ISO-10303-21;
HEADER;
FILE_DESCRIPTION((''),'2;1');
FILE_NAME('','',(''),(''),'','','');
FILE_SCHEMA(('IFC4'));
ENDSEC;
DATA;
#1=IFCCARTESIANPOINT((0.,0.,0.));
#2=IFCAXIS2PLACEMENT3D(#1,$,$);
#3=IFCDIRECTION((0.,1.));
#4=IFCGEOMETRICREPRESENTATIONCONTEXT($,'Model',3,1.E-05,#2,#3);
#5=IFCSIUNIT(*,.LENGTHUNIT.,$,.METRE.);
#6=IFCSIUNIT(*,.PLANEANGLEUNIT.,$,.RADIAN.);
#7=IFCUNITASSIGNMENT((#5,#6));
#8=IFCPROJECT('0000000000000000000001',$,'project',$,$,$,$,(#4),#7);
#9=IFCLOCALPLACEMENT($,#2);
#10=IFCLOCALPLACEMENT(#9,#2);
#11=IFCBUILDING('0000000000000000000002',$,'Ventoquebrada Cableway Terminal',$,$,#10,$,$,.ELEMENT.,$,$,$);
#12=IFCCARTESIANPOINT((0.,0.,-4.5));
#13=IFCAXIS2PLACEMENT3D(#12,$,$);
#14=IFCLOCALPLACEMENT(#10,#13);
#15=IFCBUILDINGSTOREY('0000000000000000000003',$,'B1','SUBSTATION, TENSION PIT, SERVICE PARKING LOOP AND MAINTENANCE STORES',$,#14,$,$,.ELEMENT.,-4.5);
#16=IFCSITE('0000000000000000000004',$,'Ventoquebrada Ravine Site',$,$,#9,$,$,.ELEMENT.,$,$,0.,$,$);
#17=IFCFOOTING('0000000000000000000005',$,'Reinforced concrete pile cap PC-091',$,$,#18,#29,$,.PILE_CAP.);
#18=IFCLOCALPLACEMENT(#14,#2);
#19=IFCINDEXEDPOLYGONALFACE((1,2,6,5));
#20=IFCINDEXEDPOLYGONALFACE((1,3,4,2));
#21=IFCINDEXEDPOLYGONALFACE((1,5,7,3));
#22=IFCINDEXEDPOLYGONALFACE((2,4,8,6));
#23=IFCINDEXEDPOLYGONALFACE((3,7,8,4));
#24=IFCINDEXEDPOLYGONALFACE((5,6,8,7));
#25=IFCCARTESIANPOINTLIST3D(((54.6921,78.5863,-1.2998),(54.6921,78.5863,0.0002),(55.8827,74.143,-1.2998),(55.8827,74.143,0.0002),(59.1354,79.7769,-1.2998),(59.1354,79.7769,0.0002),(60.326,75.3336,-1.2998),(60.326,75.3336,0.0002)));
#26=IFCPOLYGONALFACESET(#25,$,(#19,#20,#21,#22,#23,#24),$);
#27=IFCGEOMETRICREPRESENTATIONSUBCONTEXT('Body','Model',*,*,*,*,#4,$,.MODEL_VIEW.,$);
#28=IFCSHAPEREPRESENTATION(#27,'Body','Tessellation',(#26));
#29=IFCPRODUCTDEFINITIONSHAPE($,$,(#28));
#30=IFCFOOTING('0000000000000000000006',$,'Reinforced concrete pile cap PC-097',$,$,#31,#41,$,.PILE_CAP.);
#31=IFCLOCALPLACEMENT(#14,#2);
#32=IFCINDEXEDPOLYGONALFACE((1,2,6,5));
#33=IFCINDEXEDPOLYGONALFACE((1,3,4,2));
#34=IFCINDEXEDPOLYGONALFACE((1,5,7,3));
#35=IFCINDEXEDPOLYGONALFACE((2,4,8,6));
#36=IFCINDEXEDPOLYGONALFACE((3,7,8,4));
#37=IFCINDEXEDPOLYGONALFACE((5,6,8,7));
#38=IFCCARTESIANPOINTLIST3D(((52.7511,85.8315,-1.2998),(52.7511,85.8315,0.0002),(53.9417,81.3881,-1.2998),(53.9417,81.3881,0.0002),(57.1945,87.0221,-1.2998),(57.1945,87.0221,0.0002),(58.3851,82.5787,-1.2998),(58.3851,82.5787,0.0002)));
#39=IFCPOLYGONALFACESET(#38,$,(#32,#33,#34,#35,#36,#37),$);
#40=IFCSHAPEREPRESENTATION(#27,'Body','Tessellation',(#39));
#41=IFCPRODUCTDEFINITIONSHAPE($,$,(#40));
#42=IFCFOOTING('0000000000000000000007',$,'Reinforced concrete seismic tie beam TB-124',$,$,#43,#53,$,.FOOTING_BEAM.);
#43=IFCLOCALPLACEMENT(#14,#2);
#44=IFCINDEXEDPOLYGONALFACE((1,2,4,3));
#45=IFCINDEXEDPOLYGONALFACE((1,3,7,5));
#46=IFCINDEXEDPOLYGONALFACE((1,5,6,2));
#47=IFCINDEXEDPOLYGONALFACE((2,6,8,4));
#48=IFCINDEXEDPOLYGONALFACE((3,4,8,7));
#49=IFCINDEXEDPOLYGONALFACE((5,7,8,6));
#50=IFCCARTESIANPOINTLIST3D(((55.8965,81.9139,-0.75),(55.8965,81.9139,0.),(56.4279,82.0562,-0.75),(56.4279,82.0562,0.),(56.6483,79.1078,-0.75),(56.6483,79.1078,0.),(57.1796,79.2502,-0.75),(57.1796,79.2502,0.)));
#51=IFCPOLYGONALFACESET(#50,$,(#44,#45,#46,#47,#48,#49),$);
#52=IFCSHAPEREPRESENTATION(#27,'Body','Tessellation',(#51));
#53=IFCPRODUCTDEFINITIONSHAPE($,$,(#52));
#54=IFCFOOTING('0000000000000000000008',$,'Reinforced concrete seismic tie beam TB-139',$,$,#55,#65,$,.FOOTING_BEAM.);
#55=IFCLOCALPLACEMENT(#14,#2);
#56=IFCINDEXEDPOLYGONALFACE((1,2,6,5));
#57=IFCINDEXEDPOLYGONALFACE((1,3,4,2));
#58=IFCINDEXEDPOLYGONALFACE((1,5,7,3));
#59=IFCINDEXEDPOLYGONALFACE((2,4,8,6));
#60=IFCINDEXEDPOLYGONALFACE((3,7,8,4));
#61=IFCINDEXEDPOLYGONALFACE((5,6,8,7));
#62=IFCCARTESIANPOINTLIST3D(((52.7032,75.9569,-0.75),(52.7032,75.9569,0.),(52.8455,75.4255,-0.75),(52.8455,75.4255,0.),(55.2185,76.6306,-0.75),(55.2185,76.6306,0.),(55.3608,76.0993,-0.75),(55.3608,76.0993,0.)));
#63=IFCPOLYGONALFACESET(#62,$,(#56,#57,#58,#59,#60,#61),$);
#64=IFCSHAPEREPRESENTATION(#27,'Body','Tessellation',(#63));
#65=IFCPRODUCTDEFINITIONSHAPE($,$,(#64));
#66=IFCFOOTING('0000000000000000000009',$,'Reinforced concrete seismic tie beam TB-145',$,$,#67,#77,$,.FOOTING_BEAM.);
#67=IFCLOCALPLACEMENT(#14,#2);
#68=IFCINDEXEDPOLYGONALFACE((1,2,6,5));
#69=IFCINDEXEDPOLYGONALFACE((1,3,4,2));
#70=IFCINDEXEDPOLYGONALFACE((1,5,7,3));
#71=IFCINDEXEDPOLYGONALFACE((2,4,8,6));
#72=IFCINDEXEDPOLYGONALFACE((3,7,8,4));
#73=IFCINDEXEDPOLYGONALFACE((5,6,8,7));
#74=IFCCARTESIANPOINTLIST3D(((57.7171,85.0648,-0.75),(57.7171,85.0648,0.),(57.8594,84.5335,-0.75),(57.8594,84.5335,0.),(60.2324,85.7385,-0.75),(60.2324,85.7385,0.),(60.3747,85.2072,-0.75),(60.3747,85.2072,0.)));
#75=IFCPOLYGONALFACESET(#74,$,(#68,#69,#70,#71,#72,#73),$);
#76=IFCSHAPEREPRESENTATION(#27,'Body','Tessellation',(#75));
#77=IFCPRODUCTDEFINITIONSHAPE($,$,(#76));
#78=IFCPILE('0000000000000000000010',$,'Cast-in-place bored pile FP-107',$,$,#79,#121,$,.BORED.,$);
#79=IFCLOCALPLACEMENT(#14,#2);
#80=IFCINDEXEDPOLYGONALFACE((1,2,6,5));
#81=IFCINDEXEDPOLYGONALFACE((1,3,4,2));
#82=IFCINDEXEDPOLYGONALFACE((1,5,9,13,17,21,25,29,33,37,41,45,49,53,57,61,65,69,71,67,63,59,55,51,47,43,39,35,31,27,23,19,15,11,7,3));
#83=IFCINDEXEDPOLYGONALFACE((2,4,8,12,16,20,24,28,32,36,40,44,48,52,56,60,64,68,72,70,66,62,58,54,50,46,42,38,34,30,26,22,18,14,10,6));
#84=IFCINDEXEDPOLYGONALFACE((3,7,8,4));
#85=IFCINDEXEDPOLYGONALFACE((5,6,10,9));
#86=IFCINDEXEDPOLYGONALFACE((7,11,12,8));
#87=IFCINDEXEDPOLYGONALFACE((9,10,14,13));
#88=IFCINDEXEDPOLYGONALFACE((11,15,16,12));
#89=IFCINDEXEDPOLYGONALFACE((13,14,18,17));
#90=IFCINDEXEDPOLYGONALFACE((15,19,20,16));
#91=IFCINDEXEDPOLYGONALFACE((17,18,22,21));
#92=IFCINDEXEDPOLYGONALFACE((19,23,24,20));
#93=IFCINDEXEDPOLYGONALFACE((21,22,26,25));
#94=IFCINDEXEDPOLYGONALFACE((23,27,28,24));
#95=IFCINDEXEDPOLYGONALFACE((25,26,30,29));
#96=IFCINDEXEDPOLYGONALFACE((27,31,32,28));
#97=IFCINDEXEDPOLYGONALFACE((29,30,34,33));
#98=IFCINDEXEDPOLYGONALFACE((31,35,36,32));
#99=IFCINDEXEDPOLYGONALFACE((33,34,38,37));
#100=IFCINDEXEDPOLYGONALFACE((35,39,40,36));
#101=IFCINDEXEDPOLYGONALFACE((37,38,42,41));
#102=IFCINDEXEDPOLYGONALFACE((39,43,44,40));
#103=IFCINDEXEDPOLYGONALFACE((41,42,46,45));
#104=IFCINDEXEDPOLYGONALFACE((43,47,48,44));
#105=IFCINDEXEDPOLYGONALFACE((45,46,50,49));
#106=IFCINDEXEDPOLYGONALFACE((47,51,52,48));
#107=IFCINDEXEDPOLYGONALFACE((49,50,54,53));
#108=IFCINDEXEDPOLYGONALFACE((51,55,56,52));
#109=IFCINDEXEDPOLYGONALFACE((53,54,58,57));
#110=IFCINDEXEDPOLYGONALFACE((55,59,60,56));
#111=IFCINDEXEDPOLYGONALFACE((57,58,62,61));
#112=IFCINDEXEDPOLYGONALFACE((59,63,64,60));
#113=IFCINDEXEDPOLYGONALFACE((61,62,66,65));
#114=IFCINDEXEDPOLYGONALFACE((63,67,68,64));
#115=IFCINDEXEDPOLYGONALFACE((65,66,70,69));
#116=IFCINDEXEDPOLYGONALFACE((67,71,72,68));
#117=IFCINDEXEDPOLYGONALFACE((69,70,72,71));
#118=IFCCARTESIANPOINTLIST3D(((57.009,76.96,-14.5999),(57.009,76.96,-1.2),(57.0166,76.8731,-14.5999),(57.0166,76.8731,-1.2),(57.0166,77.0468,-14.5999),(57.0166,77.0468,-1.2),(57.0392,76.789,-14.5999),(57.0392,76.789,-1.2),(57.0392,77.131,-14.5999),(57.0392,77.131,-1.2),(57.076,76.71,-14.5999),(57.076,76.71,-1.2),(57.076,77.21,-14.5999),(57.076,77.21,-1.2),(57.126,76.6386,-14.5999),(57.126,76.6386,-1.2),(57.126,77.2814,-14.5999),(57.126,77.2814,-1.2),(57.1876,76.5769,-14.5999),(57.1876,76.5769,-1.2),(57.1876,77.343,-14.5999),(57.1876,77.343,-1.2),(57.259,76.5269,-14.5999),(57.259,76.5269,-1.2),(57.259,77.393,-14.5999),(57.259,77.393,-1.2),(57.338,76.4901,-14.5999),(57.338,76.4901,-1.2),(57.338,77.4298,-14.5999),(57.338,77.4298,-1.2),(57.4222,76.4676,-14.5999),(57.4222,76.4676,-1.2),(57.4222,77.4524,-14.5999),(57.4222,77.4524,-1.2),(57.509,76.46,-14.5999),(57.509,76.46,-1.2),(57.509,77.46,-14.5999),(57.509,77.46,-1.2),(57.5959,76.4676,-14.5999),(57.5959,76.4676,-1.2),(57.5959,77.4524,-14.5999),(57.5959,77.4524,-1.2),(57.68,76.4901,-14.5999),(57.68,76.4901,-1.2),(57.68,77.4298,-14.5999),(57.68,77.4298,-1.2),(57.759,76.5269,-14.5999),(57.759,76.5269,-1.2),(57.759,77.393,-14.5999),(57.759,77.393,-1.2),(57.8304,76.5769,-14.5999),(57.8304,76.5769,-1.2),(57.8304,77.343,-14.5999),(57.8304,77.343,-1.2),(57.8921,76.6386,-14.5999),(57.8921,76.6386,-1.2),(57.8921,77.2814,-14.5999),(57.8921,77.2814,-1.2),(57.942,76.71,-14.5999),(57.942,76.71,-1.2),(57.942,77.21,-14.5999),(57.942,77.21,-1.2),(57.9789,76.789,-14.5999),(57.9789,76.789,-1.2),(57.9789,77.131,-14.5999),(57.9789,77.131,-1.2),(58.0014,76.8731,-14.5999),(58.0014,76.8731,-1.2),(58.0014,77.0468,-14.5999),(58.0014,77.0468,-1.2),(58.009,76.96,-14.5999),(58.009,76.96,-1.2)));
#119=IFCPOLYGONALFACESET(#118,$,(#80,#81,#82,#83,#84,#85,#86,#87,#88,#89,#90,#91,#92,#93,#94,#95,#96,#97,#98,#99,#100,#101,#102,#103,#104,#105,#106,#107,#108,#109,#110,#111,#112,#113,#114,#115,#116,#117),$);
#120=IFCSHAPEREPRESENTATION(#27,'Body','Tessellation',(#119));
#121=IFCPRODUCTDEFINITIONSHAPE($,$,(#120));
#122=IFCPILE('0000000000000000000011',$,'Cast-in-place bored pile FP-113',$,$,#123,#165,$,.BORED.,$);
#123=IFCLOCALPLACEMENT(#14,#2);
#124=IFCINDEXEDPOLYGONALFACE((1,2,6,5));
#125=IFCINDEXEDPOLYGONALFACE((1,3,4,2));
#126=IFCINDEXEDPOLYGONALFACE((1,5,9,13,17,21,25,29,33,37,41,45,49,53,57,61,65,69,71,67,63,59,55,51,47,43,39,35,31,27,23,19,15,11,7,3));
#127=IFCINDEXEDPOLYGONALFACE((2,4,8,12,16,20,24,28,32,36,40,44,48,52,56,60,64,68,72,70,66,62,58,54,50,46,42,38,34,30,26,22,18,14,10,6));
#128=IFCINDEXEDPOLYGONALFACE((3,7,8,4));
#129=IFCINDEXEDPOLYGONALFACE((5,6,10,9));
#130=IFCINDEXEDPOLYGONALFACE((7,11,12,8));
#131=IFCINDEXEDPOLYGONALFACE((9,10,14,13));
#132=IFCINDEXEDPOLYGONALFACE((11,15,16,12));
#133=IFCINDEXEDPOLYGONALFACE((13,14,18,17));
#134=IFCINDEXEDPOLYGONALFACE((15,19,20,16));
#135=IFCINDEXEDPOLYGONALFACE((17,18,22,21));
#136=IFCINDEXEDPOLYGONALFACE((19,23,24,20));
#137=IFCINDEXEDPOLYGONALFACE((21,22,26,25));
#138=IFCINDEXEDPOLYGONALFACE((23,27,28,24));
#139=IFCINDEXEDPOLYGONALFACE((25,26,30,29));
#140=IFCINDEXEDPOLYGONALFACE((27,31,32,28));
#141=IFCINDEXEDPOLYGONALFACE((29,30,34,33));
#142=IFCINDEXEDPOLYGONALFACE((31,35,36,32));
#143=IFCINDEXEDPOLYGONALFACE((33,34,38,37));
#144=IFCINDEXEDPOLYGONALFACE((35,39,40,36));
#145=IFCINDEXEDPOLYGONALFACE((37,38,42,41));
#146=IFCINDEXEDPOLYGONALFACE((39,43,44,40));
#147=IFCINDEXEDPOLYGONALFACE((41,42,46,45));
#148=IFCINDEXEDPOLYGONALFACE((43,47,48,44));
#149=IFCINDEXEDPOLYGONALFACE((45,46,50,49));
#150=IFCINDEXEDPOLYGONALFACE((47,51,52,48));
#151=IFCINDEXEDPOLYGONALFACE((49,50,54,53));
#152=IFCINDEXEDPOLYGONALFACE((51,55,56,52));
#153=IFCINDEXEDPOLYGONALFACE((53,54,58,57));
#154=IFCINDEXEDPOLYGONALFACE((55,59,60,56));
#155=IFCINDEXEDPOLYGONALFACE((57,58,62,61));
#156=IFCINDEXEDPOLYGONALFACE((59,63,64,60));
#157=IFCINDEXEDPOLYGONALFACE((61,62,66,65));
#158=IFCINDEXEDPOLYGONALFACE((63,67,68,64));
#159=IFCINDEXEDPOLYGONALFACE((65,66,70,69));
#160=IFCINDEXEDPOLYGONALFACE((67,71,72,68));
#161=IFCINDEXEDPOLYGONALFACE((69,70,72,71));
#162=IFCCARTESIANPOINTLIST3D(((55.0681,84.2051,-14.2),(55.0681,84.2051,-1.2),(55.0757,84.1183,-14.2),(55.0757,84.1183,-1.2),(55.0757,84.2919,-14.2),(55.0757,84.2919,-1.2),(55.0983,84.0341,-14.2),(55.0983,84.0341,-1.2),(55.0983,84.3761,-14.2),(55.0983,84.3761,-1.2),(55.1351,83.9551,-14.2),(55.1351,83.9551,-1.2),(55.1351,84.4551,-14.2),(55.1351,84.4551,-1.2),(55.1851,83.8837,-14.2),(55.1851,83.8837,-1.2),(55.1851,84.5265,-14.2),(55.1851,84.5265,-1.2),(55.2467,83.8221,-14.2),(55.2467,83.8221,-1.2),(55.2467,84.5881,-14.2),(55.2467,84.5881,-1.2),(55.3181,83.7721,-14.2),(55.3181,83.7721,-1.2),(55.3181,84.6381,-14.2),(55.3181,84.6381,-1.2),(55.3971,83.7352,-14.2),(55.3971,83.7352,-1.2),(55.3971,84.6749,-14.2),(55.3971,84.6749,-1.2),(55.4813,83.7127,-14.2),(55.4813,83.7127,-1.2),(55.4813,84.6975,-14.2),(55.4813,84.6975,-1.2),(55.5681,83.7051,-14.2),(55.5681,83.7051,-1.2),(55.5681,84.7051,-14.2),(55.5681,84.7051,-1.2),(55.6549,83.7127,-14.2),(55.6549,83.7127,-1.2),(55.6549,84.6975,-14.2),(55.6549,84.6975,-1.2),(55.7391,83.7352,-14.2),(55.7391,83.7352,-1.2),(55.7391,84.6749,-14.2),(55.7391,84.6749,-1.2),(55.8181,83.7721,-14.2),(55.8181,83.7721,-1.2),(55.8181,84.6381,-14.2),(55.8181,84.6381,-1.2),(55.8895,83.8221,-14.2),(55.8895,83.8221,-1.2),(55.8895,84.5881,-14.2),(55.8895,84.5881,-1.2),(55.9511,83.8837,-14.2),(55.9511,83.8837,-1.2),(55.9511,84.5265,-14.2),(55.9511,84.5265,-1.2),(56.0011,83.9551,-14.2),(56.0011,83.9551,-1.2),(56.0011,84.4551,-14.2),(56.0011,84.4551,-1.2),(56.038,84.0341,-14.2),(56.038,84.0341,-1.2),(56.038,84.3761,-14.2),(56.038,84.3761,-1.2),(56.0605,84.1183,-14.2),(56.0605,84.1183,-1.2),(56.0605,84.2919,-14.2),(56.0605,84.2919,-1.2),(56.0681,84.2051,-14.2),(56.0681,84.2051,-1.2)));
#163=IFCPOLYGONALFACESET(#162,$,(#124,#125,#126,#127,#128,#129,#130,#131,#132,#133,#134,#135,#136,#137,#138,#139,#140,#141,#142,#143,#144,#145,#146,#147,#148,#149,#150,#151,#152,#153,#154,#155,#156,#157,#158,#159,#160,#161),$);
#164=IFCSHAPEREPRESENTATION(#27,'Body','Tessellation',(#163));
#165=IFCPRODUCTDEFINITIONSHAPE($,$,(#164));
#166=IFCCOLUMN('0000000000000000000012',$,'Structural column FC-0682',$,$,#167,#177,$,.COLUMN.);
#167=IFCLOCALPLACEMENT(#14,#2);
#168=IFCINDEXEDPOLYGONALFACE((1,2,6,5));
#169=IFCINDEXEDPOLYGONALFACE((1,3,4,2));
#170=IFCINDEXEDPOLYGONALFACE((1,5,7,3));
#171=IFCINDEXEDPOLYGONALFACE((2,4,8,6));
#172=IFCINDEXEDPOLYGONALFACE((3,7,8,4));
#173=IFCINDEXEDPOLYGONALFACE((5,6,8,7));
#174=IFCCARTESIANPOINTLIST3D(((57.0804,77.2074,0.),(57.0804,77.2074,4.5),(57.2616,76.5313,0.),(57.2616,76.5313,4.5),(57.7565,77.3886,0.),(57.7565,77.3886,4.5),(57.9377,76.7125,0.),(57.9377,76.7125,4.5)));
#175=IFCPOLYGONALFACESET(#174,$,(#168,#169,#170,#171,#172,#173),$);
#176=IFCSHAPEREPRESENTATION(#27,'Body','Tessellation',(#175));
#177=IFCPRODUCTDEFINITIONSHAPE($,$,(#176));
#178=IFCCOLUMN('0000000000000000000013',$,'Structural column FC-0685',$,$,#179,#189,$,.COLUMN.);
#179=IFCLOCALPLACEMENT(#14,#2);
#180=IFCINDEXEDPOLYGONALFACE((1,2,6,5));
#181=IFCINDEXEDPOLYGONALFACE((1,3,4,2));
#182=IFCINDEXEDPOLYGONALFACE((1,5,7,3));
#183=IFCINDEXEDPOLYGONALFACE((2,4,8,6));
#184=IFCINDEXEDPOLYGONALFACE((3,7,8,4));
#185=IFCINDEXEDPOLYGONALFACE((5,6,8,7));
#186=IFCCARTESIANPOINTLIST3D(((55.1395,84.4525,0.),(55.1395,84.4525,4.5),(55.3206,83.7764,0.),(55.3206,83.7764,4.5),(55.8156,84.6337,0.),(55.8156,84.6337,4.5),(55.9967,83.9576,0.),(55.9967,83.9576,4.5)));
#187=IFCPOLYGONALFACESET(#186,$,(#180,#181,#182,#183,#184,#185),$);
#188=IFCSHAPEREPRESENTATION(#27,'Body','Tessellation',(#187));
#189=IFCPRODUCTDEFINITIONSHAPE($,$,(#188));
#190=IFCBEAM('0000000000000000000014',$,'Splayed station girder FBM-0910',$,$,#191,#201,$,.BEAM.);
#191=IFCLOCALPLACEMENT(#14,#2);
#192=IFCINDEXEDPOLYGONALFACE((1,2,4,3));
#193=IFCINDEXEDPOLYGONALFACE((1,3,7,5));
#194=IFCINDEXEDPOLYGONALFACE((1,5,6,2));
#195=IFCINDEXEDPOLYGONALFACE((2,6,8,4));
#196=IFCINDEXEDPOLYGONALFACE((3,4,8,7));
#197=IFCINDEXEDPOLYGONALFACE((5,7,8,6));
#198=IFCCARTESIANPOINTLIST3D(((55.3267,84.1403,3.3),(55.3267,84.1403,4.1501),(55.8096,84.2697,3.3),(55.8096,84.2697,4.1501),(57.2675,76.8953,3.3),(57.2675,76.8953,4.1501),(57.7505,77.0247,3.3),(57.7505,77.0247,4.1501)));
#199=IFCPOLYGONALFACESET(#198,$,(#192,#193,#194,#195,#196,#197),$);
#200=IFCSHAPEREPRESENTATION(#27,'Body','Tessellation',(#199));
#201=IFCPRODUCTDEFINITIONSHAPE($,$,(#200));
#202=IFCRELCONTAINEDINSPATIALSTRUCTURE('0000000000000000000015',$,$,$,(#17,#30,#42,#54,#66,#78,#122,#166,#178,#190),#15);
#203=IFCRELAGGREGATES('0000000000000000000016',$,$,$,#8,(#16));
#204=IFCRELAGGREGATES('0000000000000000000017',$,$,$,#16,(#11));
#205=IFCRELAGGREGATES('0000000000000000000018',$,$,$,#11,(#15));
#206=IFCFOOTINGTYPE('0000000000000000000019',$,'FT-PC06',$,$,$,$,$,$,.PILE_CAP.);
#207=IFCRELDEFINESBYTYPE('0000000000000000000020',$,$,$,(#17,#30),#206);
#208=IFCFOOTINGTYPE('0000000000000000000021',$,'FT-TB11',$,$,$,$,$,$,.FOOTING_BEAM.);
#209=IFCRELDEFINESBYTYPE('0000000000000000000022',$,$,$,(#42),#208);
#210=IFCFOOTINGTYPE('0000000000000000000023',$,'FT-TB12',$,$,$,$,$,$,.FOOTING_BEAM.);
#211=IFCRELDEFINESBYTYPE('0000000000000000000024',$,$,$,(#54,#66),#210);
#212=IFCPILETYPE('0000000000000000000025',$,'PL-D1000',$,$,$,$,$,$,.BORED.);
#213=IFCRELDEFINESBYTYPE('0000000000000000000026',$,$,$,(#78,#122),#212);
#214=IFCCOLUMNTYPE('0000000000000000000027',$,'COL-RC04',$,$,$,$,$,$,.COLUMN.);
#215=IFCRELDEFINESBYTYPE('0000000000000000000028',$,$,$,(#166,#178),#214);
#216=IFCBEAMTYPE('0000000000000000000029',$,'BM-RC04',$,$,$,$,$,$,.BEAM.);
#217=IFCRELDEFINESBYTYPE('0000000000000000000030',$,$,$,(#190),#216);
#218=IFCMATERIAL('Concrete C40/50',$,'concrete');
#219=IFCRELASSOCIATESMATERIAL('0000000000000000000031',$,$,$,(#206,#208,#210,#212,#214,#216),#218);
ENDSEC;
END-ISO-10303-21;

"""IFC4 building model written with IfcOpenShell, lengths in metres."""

from ifc_helpers import new_model, si_unit, direction, frame, origin, origin_2d, place, context, subcontext, project, spatial, rectangle, circle, extrude, material, material_profile, profile_set, type_object, element, save


model = new_model("IFC4")

# Units and contexts
model_context = context("Model", 3, precision=1e-05, world=origin(), true_north=direction((0.0, 1.0)))
body_context = subcontext(model_context, "Body", "Model", "MODEL_VIEW")
ifc_project = project(units=[si_unit("LENGTHUNIT", "METRE"), si_unit("PLANEANGLEUNIT", "RADIAN")], contexts=[model_context])

# Site, building, storey
site_placement = place(None, origin())
site = spatial("IfcSite", under=ifc_project, at=site_placement, Name="Ventoquebrada Ravine Site", CompositionType="ELEMENT", RefElevation=0.0)
building_placement = place(site_placement, origin())
building = spatial("IfcBuilding", under=site, at=building_placement, Name="Ventoquebrada Cableway Terminal", CompositionType="ELEMENT")
storey_placement = place(building_placement, frame((0.0, 0.0, -4.5)))
storey = spatial("IfcBuildingStorey", under=building, at=storey_placement, Name="B1", Description="SUBSTATION, TENSION PIT, SERVICE PARKING LOOP AND MAINTENANCE STORES", CompositionType="ELEMENT", Elevation=-4.5)

# Footings
ifc_material_1 = material(Name="Concrete C40/50", Category="concrete")
footing_type_1 = type_object("IfcFootingType", Name="FT-PC06", PredefinedType="PILE_CAP", material=ifc_material_1)
for number, where, z_axis, x_axis, name in (
    (1, (57.509, 76.96, -1.2998), (0.0, 0.0, 1.0), (0.965926, 0.258819, 0.0), "Reinforced concrete pile cap PC-091"),
    (2, (55.5681, 84.2051, -1.2998), (0.0, 0.0, 1.0), (0.965926, 0.258819, 0.0), "Reinforced concrete pile cap PC-097"),
):
    element("IfcFooting", number, at=place(storey_placement, frame(where, z_axis=z_axis, x_axis=x_axis)), inside=storey, type_object=footing_type_1, Name=name, PredefinedType="PILE_CAP", context=body_context, shape_type="SweptSolid", body=[
        extrude(rectangle(XDim=4.6001, YDim=4.6001, at=origin_2d()), origin(), (0.0, 0.0, 1.0), 1.3),
    ])
footing_type_2 = type_object("IfcFootingType", Name="FT-TB11", PredefinedType="FOOTING_BEAM", material=ifc_material_1)
footing_placement = place(storey_placement, frame((56.5381, 80.582, -0.75), z_axis=(0.0, 0.0, 1.0), x_axis=(-0.258785, 0.965935, 0.0)))
element("IfcFooting", 3, at=footing_placement, inside=storey, type_object=footing_type_2, Name="Reinforced concrete seismic tie beam TB-124", PredefinedType="FOOTING_BEAM", context=body_context, shape_type="SweptSolid", body=[
    extrude(rectangle(XDim=2.905, YDim=0.55, at=origin_2d()), origin(), (0.0, 0.0, 1.0), 0.75),
])
footing_type_3 = type_object("IfcFootingType", Name="FT-TB12", PredefinedType="FOOTING_BEAM", material=ifc_material_1)
for number, where, z_axis, x_axis, name in (
    (4, (54.032, 76.0281, -0.75), (0.0, 0.0, 1.0), (0.965948, 0.258735, 0.0), "Reinforced concrete seismic tie beam TB-139"),
    (5, (59.0459, 85.136, -0.75), (0.0, 0.0, 1.0), (0.965948, 0.258735, 0.0), "Reinforced concrete seismic tie beam TB-145"),
):
    element("IfcFooting", number, at=place(storey_placement, frame(where, z_axis=z_axis, x_axis=x_axis)), inside=storey, type_object=footing_type_3, Name=name, PredefinedType="FOOTING_BEAM", context=body_context, shape_type="SweptSolid", body=[
        extrude(rectangle(XDim=2.604, YDim=0.55, at=origin_2d()), origin(), (0.0, 0.0, 1.0), 0.75),
    ])

# Piles
ifc_material_profile_1 = material_profile(ifc_material_1, circle(Radius=0.5, at=origin_2d()), Name="PILE-D1000")
ifc_profile_set_1 = profile_set([ifc_material_profile_1], Name="Concrete C40/50")
pile_type = type_object("IfcPileType", Name="PL-D1000", PredefinedType="BORED", material=ifc_profile_set_1)
pile_1_placement = place(storey_placement, frame((57.509, 76.96, -1.2), z_axis=(0.0, 0.0, -1.0), x_axis=(1.0, 0.0, 0.0)))
element("IfcPile", 6, at=pile_1_placement, inside=storey, type_object=pile_type, Name="Cast-in-place bored pile FP-107", PredefinedType="BORED", context=body_context, shape_type="SweptSolid", body=[
    extrude(circle(Radius=0.5, at=origin_2d()), origin(), (0.0, 0.0, 1.0), 13.3999),
])
pile_2_placement = place(storey_placement, frame((55.5681, 84.2051, -1.2), z_axis=(0.0, 0.0, -1.0), x_axis=(1.0, 0.0, 0.0)))
element("IfcPile", 7, at=pile_2_placement, inside=storey, type_object=pile_type, Name="Cast-in-place bored pile FP-113", PredefinedType="BORED", context=body_context, shape_type="SweptSolid", body=[
    extrude(circle(Radius=0.5, at=origin_2d()), origin(), (0.0, 0.0, 1.0), 13.0),
])

# Columns
ifc_material_profile_2 = material_profile(ifc_material_1, rectangle(XDim=0.7, YDim=0.7, at=origin_2d()), Name="RC-COL-700X700")
ifc_profile_set_2 = profile_set([ifc_material_profile_2], Name="Concrete C40/50")
column_type = type_object("IfcColumnType", Name="COL-RC04", PredefinedType="COLUMN", material=ifc_profile_set_2)
for number, where, z_axis, x_axis, name in (
    (8, (57.509, 76.96, 0.0), (0.0, 0.0, 1.0), (0.965926, 0.258819, 0.0), "Structural column FC-0682"),
    (9, (55.5681, 84.2051, 0.0), (0.0, 0.0, 1.0), (0.965926, 0.258819, 0.0), "Structural column FC-0685"),
):
    element("IfcColumn", number, at=place(storey_placement, frame(where, z_axis=z_axis, x_axis=x_axis)), inside=storey, type_object=column_type, Name=name, PredefinedType="COLUMN", context=body_context, shape_type="SweptSolid", body=[
        extrude(rectangle(XDim=0.7, YDim=0.7, at=origin_2d()), origin(), (0.0, 0.0, 1.0), 4.5),
    ])

# Beam
ifc_material_profile_3 = material_profile(ifc_material_1, rectangle(XDim=0.5, YDim=0.8501, at=origin_2d()), Name="RC-BM-500X850")
ifc_profile_set_3 = profile_set([ifc_material_profile_3], Name="Concrete C40/50")
beam_type = type_object("IfcBeamType", Name="BM-RC04", PredefinedType="BEAM", material=ifc_profile_set_3)
beam_1_placement = place(storey_placement, frame((57.509, 76.96, 3.7251), z_axis=(-0.258769, 0.965939, 0.0), x_axis=(-0.965939, -0.258769, 0.0)))
element("IfcBeam", 10, at=beam_1_placement, inside=storey, type_object=beam_type, Name="Splayed station girder FBM-0910", PredefinedType="BEAM", context=body_context, shape_type="SweptSolid", body=[
    extrude(rectangle(XDim=0.5, YDim=0.8501, at=origin_2d()), origin(), (0.0, 0.0, 1.0), 7.5005),
])

save(model, "model.ifc")
